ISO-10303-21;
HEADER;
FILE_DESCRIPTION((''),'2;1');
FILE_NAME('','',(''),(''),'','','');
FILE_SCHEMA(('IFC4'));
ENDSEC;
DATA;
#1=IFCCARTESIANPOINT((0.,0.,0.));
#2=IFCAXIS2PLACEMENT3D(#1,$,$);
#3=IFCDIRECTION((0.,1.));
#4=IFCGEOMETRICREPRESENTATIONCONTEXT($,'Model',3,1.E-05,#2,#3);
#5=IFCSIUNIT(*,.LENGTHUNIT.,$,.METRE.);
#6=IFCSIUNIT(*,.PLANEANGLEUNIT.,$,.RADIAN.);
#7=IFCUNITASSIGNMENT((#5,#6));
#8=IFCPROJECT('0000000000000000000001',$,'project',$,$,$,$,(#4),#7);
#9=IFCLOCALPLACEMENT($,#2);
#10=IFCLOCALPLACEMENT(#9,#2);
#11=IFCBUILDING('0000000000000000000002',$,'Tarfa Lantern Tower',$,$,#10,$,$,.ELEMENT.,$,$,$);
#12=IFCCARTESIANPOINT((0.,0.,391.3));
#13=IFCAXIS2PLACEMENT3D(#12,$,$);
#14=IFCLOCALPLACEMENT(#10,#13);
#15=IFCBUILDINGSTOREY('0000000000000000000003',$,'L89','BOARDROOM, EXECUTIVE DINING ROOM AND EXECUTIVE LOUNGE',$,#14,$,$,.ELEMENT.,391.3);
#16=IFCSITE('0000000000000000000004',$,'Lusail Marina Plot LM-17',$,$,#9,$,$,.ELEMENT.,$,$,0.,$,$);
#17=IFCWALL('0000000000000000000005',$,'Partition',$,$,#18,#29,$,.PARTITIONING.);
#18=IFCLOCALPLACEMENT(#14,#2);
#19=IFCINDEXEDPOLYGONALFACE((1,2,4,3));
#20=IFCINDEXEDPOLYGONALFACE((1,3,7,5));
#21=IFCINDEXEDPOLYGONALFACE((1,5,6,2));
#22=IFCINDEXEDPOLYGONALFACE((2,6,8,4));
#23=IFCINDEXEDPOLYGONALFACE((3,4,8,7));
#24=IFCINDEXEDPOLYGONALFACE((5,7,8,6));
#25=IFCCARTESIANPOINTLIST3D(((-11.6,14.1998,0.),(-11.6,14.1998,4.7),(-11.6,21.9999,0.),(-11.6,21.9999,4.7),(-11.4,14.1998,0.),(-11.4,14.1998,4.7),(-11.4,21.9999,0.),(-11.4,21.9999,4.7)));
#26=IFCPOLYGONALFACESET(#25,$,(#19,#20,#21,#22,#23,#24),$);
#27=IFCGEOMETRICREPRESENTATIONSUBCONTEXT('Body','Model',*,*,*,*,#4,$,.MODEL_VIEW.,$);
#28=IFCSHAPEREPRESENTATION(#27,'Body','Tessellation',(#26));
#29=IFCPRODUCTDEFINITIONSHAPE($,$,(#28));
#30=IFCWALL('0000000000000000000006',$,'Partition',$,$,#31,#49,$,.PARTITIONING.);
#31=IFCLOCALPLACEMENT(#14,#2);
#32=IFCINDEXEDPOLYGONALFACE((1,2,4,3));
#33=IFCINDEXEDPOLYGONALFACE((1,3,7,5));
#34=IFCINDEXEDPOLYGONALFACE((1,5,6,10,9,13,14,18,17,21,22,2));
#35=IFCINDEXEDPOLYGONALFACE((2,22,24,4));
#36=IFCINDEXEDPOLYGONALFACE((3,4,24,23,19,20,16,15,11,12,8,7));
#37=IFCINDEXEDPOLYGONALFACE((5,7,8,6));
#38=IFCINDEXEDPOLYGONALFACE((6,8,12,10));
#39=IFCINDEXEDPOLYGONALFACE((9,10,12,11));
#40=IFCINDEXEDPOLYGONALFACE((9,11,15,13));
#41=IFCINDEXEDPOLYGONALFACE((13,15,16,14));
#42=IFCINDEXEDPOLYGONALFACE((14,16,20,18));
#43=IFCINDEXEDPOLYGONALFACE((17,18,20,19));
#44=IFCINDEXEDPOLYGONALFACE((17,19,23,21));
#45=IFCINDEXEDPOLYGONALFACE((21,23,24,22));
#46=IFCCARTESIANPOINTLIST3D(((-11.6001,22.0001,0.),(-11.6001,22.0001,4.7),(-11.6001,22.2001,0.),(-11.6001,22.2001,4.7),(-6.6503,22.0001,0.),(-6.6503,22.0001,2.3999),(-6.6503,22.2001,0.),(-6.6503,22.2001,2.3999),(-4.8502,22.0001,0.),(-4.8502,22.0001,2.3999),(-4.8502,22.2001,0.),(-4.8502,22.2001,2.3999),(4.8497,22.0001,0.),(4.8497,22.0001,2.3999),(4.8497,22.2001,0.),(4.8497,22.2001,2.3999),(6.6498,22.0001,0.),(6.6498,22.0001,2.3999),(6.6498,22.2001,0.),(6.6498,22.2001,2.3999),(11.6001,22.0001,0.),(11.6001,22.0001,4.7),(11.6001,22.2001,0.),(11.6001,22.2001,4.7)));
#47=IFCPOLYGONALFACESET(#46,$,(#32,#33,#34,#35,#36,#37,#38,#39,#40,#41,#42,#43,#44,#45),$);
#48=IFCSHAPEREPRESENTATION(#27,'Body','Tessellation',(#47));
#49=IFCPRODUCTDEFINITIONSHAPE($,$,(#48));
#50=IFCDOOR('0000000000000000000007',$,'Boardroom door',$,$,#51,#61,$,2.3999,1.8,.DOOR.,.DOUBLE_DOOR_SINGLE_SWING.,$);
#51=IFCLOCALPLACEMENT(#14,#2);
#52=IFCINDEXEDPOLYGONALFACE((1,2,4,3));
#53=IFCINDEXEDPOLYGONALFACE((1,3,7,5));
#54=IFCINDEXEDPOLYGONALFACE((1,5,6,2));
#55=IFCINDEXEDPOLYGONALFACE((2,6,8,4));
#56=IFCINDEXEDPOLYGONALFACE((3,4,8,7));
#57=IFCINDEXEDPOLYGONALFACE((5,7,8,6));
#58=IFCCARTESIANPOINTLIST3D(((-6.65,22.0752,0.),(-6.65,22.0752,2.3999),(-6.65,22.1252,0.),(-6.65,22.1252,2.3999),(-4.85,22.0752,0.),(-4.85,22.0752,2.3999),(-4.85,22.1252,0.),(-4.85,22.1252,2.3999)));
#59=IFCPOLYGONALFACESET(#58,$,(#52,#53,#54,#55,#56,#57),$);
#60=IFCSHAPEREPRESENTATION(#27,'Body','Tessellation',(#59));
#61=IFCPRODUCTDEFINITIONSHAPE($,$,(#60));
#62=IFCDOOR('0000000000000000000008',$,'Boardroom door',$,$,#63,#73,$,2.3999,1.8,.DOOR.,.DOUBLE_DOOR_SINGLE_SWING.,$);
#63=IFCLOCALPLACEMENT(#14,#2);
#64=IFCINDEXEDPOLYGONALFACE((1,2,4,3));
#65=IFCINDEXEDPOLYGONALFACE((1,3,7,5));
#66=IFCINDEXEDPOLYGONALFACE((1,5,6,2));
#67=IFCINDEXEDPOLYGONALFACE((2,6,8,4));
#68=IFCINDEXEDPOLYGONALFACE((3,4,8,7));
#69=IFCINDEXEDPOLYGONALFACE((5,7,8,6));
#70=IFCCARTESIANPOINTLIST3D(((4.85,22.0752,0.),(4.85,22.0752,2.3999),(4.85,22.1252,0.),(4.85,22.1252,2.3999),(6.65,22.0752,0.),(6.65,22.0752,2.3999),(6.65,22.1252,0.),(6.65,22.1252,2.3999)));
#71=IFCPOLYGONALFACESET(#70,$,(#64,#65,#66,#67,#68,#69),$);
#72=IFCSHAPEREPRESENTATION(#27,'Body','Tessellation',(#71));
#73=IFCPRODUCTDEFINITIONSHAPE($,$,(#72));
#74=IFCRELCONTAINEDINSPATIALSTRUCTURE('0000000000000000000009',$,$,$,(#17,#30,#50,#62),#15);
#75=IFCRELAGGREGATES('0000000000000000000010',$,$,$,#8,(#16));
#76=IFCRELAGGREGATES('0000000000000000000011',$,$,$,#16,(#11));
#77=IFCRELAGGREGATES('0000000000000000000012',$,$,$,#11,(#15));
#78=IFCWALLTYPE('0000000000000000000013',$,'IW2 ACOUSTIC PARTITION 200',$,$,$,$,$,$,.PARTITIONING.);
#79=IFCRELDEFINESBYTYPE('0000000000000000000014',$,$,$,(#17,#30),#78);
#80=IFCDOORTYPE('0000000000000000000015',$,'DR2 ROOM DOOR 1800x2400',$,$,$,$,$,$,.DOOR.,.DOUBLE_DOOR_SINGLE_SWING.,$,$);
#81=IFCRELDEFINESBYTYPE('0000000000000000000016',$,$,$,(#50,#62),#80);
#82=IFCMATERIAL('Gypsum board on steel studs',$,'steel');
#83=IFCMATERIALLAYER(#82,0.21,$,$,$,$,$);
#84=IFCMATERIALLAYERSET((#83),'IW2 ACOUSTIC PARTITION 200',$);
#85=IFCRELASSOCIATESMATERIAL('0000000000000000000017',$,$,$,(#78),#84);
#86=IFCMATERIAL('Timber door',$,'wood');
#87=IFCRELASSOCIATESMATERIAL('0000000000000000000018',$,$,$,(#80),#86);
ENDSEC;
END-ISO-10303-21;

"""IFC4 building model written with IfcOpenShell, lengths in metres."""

from ifc_helpers import new_model, si_unit, direction, frame, frame_2d, origin, place, context, subcontext, project, spatial, rectangle, extrude, material, layer, layer_set, type_object, element, fill, save


model = new_model("IFC4")

# Units and contexts
model_context = context("Model", 3, precision=1e-05, world=origin(), true_north=direction((0.0, 1.0)))
body_context = subcontext(model_context, "Body", "Model", "MODEL_VIEW")
ifc_project = project(units=[si_unit("LENGTHUNIT", "METRE"), si_unit("PLANEANGLEUNIT", "RADIAN")], contexts=[model_context])

# Site, building, storey
site_placement = place(None, origin())
site = spatial("IfcSite", under=ifc_project, at=site_placement, Name="Lusail Marina Plot LM-17", CompositionType="ELEMENT", RefElevation=0.0)
building_placement = place(site_placement, origin())
building = spatial("IfcBuilding", under=site, at=building_placement, Name="Tarfa Lantern Tower", CompositionType="ELEMENT")
storey_placement = place(building_placement, frame((0.0, 0.0, 391.3)))
storey = spatial("IfcBuildingStorey", under=building, at=storey_placement, Name="L89", Description="BOARDROOM, EXECUTIVE DINING ROOM AND EXECUTIVE LOUNGE", CompositionType="ELEMENT", Elevation=391.3)

# Wall
ifc_material_1 = material(Name="Gypsum board on steel studs", Category="steel")
ifc_layer = layer(ifc_material_1, 0.21)
ifc_layer_set = layer_set([ifc_layer], Name="IW2 ACOUSTIC PARTITION 200")
wall_type = type_object("IfcWallType", Name="IW2 ACOUSTIC PARTITION 200", PredefinedType="PARTITIONING", material=ifc_layer_set)
wall_1_placement = place(storey_placement, frame((-11.5, 14.2, 0.0), z_axis=(0.0, 0.0, 1.0), x_axis=(0.0, 1.0, 0.0)))
element("IfcWall", 1, at=wall_1_placement, inside=storey, type_object=wall_type, Name="Partition", PredefinedType="PARTITIONING", context=body_context, shape_type="SweptSolid", body=[
    extrude(rectangle(XDim=7.8, YDim=0.2, at=frame_2d((3.8999, 0.0))), origin(), (0.0, 0.0, 1.0), 4.7),
])

# Wall, openings, doors
wall_2_placement = place(storey_placement, frame((-11.6001, 22.1001, 0.0), z_axis=(0.0, 0.0, 1.0), x_axis=(1.0, 0.0, 0.0)))
wall_2 = element("IfcWall", 2, at=wall_2_placement, inside=storey, type_object=wall_type, Name="Partition", PredefinedType="PARTITIONING", context=body_context, shape_type="SweptSolid", body=[
    extrude(rectangle(XDim=23.2002, YDim=0.2, at=frame_2d((11.6001, 0.0))), origin(), (0.0, 0.0, 1.0), 4.7),
])
opening_1_placement = place(wall_2_placement, frame((4.95, 0.0, 0.0)))
opening_1 = element("IfcOpeningElement", 3, at=opening_1_placement, cuts=wall_2, PredefinedType="OPENING", context=body_context, shape_type="SweptSolid", body=[
    extrude(rectangle(XDim=1.8, YDim=2.3999, at=frame_2d((0.8999, 1.2))), frame((0.0, 0.1099, 0.0), z_axis=(0.0, -1.0, 0.0), x_axis=(1.0, 0.0, 0.0)), (0.0, 0.0, 1.0), 0.22),
])
opening_2_placement = place(wall_2_placement, frame((16.45, 0.0, 0.0)))
opening_2 = element("IfcOpeningElement", 4, at=opening_2_placement, cuts=wall_2, PredefinedType="OPENING", context=body_context, shape_type="SweptSolid", body=[
    extrude(rectangle(XDim=1.8, YDim=2.3999, at=frame_2d((0.8999, 1.2))), frame((0.0, 0.1099, 0.0), z_axis=(0.0, -1.0, 0.0), x_axis=(1.0, 0.0, 0.0)), (0.0, 0.0, 1.0), 0.22),
])
ifc_material_2 = material(Name="Timber door", Category="wood")
door_type = type_object("IfcDoorType", Name="DR2 ROOM DOOR 1800x2400", OperationType="DOUBLE_DOOR_SINGLE_SWING", PredefinedType="DOOR", material=ifc_material_2)
door_1_placement = place(opening_1_placement, frame((1.8, 0.0, 0.0), z_axis=(0.0, 0.0, 1.0), x_axis=(-1.0, 0.0, 0.0)))
door_1 = element("IfcDoor", 5, at=door_1_placement, inside=storey, type_object=door_type, Name="Boardroom door", OperationType="DOUBLE_DOOR_SINGLE_SWING", OverallHeight=2.3999, OverallWidth=1.8, PredefinedType="DOOR", context=body_context, shape_type="SweptSolid", body=[
    extrude(rectangle(XDim=1.8, YDim=2.3999, at=frame_2d((0.8999, 1.2))), frame((0.0, 0.0249, 0.0), z_axis=(0.0, -1.0, 0.0), x_axis=(1.0, 0.0, 0.0)), (0.0, 0.0, 1.0), 0.05),
])
fill(opening_1, door_1)
door_2_placement = place(opening_2_placement, frame((1.8, 0.0, 0.0), z_axis=(0.0, 0.0, 1.0), x_axis=(-1.0, 0.0, 0.0)))
door_2 = element("IfcDoor", 6, at=door_2_placement, inside=storey, type_object=door_type, Name="Boardroom door", OperationType="DOUBLE_DOOR_SINGLE_SWING", OverallHeight=2.3999, OverallWidth=1.8, PredefinedType="DOOR", context=body_context, shape_type="SweptSolid", body=[
    extrude(rectangle(XDim=1.8, YDim=2.3999, at=frame_2d((0.8999, 1.2))), frame((0.0, 0.0249, 0.0), z_axis=(0.0, -1.0, 0.0), x_axis=(1.0, 0.0, 0.0)), (0.0, 0.0, 1.0), 0.05),
])
fill(opening_2, door_2)

save(model, "model.ifc")
